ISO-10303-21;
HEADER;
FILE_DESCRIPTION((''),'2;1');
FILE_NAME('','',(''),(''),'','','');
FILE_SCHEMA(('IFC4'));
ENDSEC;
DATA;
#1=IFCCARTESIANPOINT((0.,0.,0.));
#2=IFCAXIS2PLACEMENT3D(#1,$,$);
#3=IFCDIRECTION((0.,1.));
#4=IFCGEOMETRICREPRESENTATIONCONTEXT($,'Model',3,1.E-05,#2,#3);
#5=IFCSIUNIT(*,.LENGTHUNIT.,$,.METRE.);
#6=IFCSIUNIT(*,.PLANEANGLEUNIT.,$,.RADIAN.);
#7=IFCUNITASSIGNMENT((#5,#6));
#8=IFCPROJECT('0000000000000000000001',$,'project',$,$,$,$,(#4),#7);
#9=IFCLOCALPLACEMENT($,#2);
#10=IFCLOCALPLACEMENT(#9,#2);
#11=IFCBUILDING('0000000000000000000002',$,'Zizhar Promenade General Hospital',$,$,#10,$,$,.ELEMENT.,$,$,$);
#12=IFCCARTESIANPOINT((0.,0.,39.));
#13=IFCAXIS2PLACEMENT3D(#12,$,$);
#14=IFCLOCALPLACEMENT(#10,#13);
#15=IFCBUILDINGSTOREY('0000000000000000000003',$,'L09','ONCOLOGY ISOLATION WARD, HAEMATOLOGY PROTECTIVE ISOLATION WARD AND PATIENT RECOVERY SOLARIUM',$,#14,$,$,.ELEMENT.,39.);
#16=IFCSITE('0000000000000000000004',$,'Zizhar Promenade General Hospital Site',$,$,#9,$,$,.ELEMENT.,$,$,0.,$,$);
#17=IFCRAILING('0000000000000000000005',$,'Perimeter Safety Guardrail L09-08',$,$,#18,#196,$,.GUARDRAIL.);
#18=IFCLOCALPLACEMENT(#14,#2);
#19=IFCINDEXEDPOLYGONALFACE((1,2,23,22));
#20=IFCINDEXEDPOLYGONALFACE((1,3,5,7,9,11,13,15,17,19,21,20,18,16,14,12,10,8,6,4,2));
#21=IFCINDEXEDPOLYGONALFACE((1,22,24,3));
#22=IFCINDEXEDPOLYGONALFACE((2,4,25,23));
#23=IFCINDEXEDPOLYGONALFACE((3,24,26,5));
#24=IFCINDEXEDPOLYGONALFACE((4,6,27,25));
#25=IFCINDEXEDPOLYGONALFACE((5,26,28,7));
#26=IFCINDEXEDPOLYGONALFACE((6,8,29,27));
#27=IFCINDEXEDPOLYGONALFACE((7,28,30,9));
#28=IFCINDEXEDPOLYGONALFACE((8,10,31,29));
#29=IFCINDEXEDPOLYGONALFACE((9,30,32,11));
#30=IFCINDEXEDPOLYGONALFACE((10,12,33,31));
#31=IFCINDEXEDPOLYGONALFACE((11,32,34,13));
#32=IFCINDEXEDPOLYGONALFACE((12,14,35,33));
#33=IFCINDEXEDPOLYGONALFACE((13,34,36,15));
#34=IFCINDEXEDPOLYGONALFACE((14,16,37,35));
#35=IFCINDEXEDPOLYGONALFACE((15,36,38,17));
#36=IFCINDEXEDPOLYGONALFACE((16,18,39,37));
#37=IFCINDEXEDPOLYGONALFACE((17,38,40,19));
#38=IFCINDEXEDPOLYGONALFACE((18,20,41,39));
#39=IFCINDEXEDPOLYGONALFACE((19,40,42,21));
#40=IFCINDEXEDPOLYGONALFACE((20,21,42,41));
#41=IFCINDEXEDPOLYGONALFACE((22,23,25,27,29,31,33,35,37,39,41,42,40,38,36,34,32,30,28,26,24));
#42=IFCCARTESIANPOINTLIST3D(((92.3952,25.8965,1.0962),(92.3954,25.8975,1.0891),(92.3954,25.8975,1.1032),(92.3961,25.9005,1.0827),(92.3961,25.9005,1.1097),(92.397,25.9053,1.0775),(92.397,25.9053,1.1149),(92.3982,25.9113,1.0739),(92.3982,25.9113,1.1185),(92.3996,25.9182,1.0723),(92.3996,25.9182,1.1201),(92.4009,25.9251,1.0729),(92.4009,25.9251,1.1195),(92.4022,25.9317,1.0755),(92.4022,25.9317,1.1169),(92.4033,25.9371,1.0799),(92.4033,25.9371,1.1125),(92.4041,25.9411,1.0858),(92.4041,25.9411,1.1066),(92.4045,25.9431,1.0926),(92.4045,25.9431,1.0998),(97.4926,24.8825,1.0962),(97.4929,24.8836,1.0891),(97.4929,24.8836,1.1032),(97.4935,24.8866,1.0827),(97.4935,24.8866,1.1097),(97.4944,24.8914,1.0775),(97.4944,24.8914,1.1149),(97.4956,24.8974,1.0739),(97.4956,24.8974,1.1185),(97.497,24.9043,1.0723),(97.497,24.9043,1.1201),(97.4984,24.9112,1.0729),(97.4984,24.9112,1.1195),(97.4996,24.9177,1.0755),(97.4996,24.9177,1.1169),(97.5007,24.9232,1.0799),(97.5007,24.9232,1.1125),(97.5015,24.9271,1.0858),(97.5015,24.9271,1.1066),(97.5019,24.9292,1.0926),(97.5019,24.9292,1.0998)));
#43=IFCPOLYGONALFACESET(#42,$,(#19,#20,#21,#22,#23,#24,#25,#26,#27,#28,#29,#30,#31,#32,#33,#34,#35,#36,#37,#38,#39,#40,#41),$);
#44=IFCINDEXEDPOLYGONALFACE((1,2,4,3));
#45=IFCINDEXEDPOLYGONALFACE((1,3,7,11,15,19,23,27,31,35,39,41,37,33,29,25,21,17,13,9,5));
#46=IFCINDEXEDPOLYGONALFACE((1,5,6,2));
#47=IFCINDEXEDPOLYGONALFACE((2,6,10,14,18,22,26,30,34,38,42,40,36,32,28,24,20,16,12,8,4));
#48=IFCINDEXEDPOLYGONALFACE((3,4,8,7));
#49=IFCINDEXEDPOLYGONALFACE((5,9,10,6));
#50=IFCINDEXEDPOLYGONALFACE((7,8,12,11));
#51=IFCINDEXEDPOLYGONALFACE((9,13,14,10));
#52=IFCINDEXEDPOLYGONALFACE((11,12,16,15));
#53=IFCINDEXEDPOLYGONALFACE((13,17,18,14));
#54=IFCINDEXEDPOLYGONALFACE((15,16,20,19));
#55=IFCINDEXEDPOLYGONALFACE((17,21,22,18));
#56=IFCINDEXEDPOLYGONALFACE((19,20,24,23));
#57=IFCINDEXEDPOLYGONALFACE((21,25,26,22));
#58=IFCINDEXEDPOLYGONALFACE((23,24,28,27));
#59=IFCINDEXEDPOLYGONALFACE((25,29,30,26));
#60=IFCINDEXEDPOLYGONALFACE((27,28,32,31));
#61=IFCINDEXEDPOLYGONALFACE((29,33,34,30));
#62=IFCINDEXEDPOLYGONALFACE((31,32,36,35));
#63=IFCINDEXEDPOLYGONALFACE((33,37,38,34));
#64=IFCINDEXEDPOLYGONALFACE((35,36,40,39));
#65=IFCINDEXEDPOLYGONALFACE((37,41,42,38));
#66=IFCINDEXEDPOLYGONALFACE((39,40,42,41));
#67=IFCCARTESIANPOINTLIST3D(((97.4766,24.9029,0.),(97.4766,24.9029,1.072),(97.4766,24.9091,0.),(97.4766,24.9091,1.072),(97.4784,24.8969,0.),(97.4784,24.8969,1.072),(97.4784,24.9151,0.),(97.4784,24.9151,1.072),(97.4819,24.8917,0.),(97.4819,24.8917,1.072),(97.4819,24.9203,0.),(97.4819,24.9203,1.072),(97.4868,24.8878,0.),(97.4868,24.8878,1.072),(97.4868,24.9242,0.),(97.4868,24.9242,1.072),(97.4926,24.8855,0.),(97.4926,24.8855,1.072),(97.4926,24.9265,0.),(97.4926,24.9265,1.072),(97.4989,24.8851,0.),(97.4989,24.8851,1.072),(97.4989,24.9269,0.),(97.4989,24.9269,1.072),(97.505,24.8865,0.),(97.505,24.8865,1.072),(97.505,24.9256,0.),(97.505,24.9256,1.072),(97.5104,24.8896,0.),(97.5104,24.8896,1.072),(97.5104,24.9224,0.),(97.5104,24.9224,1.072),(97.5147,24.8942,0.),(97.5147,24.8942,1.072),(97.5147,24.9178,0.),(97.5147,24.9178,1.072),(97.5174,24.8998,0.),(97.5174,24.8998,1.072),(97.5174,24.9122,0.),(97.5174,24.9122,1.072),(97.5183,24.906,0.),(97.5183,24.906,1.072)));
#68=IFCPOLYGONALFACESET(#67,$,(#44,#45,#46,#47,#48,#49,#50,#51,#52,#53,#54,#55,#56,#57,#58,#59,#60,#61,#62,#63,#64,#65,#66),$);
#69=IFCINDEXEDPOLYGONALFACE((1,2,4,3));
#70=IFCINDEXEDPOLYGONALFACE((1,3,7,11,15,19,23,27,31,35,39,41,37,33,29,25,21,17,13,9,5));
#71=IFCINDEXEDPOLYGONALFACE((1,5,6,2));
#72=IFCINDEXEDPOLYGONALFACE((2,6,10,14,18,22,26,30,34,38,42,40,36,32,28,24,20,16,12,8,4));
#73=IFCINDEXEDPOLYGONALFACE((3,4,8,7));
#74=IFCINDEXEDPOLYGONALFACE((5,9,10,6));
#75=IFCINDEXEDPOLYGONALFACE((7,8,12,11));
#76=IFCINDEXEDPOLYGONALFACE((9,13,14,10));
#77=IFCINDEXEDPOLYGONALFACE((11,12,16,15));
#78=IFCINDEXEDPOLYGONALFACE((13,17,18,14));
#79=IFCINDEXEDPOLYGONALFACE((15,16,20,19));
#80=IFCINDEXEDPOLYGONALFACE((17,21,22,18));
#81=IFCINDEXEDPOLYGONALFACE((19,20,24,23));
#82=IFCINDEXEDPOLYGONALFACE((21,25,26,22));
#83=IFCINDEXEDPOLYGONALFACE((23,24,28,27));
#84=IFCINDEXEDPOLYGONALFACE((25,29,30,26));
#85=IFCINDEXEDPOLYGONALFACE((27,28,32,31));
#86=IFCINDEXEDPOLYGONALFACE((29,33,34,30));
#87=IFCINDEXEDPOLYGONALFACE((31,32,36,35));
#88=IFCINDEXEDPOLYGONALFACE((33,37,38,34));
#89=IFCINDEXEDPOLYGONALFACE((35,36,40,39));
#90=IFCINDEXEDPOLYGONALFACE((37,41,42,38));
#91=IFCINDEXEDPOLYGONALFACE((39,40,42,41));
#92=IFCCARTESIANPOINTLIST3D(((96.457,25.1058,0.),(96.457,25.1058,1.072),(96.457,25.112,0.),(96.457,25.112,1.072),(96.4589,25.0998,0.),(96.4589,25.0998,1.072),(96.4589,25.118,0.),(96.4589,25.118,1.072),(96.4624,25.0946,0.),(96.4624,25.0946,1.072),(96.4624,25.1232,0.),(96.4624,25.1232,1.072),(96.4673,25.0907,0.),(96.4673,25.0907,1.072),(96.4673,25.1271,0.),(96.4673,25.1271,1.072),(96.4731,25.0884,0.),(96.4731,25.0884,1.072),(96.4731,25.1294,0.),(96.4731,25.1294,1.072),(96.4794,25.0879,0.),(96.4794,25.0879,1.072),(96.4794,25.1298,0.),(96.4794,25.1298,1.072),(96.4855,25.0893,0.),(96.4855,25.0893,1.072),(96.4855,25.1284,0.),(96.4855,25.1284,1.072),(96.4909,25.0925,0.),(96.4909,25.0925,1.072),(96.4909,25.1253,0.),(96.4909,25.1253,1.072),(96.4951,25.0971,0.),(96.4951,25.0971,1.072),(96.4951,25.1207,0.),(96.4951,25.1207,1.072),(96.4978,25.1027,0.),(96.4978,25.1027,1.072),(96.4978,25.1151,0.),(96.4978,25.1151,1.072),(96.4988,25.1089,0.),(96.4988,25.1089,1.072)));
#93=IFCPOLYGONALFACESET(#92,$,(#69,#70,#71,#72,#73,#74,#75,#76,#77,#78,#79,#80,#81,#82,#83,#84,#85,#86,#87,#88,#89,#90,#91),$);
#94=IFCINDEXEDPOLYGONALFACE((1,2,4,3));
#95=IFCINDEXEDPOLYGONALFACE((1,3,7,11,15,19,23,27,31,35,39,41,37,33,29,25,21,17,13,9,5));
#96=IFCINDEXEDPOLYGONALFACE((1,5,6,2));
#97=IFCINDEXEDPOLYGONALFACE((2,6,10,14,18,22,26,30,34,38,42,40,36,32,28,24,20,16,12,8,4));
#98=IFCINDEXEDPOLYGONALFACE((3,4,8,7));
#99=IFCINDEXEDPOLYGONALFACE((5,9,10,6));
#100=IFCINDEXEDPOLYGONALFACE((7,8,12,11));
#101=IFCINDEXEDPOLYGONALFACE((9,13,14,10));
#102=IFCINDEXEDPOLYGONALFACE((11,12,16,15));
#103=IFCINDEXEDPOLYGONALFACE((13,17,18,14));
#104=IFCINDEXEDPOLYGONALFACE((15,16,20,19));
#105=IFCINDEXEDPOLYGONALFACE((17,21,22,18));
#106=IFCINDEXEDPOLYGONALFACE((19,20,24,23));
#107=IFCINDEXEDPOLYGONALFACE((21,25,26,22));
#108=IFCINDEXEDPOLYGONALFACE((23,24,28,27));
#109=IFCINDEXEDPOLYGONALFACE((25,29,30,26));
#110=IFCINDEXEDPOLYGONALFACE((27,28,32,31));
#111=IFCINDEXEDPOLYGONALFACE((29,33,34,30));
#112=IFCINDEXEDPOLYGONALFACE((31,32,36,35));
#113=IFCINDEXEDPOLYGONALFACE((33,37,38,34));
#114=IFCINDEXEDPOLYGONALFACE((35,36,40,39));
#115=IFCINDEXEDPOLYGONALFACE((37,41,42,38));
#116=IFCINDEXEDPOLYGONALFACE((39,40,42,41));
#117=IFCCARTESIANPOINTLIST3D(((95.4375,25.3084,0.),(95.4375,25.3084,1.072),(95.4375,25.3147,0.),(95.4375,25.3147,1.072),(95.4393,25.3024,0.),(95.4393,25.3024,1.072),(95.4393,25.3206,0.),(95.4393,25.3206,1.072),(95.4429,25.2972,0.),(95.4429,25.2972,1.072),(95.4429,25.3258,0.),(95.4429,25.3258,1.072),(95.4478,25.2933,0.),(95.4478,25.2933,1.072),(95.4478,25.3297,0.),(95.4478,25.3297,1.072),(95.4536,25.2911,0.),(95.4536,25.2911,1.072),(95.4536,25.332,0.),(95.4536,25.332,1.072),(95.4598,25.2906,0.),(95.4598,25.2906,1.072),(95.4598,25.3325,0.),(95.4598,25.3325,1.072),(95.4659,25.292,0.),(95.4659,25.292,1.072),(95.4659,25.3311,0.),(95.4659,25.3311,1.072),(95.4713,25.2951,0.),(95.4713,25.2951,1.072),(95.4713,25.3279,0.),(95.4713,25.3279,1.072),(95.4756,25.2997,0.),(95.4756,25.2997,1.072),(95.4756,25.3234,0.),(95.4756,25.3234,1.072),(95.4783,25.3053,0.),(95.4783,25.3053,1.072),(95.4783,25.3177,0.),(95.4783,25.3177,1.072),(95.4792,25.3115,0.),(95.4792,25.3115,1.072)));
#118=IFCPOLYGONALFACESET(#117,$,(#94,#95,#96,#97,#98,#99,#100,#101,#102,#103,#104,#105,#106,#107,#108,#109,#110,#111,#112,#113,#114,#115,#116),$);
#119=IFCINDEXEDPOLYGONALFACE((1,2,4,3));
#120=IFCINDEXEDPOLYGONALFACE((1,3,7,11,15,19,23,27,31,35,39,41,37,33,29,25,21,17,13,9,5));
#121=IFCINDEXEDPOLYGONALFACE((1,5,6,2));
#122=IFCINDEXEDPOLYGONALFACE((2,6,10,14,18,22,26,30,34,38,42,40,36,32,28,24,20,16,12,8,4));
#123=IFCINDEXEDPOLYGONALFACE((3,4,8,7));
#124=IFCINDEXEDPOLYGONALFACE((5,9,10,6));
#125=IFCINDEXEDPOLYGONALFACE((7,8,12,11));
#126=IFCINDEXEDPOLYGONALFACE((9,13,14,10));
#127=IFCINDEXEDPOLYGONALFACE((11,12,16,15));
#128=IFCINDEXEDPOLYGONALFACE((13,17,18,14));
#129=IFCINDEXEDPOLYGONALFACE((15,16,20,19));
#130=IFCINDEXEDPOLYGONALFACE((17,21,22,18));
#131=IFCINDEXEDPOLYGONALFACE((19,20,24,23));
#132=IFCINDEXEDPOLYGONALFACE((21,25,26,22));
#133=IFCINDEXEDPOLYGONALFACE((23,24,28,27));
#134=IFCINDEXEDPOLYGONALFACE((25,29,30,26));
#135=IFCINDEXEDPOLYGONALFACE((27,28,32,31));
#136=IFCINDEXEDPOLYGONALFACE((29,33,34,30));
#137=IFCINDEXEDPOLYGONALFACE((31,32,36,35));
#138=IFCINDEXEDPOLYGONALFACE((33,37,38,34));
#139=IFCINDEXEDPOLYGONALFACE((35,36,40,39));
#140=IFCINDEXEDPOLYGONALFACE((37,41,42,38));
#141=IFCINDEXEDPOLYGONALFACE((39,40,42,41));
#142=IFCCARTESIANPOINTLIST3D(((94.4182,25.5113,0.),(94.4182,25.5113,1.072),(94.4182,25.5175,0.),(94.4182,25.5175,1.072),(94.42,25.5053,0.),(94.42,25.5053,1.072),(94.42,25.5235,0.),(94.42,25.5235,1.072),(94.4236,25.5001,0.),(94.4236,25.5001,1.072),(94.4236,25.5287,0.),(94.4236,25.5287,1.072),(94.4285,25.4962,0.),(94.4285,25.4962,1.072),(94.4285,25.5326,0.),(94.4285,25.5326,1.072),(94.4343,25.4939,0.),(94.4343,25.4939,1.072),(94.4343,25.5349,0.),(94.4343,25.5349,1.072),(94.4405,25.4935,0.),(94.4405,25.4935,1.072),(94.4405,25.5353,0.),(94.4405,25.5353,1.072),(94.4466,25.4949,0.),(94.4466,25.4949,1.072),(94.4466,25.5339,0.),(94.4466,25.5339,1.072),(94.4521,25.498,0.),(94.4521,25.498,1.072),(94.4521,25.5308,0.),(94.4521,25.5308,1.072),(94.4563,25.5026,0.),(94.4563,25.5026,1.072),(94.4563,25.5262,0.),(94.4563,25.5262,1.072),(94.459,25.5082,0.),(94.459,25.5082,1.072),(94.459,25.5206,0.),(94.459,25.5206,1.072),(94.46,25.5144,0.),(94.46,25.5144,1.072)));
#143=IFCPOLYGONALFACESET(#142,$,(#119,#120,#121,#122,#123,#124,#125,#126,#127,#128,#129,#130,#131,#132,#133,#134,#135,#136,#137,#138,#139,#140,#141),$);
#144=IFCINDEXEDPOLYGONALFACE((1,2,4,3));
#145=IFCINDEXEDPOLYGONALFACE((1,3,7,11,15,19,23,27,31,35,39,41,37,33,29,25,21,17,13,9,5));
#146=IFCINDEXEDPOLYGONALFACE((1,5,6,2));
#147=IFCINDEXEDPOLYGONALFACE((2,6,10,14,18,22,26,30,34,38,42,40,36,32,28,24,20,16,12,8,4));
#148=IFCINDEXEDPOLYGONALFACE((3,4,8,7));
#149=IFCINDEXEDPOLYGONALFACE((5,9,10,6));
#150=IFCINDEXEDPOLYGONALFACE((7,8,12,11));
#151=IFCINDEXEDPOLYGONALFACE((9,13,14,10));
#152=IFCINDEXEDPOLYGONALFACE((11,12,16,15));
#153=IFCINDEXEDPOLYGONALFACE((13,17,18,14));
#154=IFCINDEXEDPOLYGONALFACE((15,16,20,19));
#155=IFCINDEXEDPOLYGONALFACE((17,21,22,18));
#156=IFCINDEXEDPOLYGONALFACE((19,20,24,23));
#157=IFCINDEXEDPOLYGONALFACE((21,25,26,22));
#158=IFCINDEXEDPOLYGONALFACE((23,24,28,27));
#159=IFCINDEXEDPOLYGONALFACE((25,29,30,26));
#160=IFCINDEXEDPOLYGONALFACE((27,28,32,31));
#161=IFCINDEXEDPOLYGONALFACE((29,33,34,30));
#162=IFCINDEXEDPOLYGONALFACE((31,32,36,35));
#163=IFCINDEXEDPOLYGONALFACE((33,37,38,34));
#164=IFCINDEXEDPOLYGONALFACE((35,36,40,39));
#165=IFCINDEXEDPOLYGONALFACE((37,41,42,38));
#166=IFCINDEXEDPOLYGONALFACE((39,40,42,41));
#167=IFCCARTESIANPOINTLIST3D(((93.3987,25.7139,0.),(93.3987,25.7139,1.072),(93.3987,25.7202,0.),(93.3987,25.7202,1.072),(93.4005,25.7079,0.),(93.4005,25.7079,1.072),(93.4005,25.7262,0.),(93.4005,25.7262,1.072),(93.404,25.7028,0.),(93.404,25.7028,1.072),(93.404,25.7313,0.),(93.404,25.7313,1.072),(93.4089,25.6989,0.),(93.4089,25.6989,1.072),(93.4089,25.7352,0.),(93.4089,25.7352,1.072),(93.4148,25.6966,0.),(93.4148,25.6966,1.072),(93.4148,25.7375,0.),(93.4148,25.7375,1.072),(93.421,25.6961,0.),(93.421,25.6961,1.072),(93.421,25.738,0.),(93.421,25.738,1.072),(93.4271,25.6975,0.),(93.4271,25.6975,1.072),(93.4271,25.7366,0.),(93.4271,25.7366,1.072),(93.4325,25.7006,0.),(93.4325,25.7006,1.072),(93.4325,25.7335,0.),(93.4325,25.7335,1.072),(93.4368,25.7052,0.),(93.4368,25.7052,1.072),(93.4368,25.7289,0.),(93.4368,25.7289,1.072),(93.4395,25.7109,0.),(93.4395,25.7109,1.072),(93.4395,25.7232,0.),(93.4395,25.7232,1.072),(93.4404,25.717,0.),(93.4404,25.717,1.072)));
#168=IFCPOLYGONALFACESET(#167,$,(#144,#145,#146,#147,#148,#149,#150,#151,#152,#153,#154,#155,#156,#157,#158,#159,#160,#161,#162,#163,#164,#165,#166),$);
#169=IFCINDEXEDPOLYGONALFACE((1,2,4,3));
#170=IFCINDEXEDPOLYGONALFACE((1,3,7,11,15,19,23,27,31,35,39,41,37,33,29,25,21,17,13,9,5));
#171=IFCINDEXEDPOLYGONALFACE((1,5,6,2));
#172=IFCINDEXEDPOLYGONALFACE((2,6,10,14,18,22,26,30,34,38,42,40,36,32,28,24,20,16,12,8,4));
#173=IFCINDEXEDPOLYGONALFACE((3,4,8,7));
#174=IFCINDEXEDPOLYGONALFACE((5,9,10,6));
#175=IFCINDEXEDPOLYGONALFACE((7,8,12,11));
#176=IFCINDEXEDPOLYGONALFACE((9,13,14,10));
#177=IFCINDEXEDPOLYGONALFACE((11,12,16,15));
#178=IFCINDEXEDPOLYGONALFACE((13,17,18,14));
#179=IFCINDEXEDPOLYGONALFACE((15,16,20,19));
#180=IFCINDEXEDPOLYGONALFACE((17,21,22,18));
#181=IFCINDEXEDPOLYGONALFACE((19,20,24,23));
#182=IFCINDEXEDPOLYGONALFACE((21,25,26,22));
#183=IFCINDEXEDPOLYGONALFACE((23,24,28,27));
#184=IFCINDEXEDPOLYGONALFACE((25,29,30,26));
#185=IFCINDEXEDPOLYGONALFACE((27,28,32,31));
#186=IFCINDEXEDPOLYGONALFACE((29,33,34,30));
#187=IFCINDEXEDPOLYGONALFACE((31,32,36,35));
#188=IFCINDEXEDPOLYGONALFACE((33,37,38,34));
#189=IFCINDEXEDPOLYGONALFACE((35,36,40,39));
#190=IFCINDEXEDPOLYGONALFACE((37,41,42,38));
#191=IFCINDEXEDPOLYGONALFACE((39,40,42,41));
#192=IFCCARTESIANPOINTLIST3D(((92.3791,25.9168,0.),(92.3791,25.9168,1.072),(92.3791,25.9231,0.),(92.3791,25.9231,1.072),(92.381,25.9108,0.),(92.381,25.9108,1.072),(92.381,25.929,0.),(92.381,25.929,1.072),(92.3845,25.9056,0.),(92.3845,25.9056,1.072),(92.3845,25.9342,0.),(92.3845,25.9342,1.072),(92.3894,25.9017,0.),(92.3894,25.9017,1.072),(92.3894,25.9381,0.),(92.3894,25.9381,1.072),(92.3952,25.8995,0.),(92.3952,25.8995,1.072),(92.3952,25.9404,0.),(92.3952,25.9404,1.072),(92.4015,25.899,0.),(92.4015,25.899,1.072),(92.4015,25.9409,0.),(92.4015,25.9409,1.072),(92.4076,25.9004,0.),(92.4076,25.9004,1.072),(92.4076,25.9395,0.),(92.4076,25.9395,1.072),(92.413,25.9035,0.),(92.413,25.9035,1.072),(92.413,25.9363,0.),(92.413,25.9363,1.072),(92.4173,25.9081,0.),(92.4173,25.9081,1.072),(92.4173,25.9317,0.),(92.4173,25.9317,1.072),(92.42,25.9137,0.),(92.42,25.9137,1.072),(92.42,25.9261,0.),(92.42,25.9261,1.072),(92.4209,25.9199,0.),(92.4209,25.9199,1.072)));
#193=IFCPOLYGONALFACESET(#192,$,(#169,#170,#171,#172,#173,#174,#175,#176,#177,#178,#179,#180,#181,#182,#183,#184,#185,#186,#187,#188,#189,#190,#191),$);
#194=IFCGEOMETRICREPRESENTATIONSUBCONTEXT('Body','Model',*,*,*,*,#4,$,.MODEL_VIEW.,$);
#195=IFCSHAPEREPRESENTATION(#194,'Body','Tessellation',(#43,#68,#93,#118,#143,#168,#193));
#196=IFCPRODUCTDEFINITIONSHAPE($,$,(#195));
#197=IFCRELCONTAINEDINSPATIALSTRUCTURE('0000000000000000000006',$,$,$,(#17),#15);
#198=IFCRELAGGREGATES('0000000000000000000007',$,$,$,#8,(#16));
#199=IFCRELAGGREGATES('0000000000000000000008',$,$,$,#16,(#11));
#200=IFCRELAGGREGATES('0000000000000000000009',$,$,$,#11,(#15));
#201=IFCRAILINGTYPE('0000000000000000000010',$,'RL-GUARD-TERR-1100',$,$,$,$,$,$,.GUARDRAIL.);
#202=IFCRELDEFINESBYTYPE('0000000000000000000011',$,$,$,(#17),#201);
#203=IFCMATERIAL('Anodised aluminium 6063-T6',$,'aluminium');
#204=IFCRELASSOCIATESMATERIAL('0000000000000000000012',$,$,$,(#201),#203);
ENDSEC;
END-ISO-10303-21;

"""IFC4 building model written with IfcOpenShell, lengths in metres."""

from ifc_helpers import new_model, si_unit, direction, frame, origin, origin_2d, place, context, subcontext, project, spatial, circle, hollow_circle, extrude, material, material_profile, profile_set, type_object, element, save


model = new_model("IFC4")

# Units and contexts
model_context = context("Model", 3, precision=1e-05, world=origin(), true_north=direction((0.0, 1.0)))
body_context = subcontext(model_context, "Body", "Model", "MODEL_VIEW")
ifc_project = project(units=[si_unit("LENGTHUNIT", "METRE"), si_unit("PLANEANGLEUNIT", "RADIAN")], contexts=[model_context])

# Site, building, storey
site_placement = place(None, origin())
site = spatial("IfcSite", under=ifc_project, at=site_placement, Name="Zizhar Promenade General Hospital Site", CompositionType="ELEMENT", RefElevation=0.0)
building_placement = place(site_placement, origin())
building = spatial("IfcBuilding", under=site, at=building_placement, Name="Zizhar Promenade General Hospital", CompositionType="ELEMENT")
storey_placement = place(building_placement, frame((0.0, 0.0, 39.0)))
storey = spatial("IfcBuildingStorey", under=building, at=storey_placement, Name="L09", Description="ONCOLOGY ISOLATION WARD, HAEMATOLOGY PROTECTIVE ISOLATION WARD AND PATIENT RECOVERY SOLARIUM", CompositionType="ELEMENT", Elevation=39.0)

# Railing
ifc_material_1 = material(Name="Anodised aluminium 6063-T6", Category="aluminium")
ifc_material_profile_1 = material_profile(ifc_material_1, hollow_circle(Radius=0.0698, WallThickness=0.0063, at=origin_2d()))
ifc_profile_set_1 = profile_set([ifc_material_profile_1], Name="Anodised aluminium 6063-T6")
railing_type = type_object("IfcRailingType", Name="RL-GUARD-TERR-1100", PredefinedType="GUARDRAIL", material=ifc_profile_set_1)
railing_1_placement = place(storey_placement, frame((97.4973, 24.906, 0.0)))
element("IfcRailing", 1, at=railing_1_placement, inside=storey, type_object=railing_type, Name="Perimeter Safety Guardrail L09-08", PredefinedType="GUARDRAIL", context=body_context, shape_type="SweptSolid", body=[
    extrude(circle(Radius=0.0239, at=origin_2d()), frame((0.0, 0.0, 1.0962), z_axis=(-0.980786, 0.195086, 0.0), x_axis=(-0.195086, -0.980786, 0.0)), (0.0, 0.0, 1.0), 5.1973),
    extrude(circle(Radius=0.021, at=origin_2d()), origin(), (0.0, 0.0, 1.0), 1.072),
    extrude(circle(Radius=0.021, at=origin_2d()), frame((-1.0195, 0.2029, 0.0)), (0.0, 0.0, 1.0), 1.072),
    extrude(circle(Radius=0.021, at=origin_2d()), frame((-2.0391, 0.4055, 0.0)), (0.0, 0.0, 1.0), 1.072),
    extrude(circle(Radius=0.021, at=origin_2d()), frame((-3.0583, 0.6084, 0.0)), (0.0, 0.0, 1.0), 1.072),
    extrude(circle(Radius=0.021, at=origin_2d()), frame((-4.0779, 0.811, 0.0)), (0.0, 0.0, 1.0), 1.072),
    extrude(circle(Radius=0.021, at=origin_2d()), frame((-5.0974, 1.0139, 0.0)), (0.0, 0.0, 1.0), 1.072),
])

save(model, "model.ifc")
